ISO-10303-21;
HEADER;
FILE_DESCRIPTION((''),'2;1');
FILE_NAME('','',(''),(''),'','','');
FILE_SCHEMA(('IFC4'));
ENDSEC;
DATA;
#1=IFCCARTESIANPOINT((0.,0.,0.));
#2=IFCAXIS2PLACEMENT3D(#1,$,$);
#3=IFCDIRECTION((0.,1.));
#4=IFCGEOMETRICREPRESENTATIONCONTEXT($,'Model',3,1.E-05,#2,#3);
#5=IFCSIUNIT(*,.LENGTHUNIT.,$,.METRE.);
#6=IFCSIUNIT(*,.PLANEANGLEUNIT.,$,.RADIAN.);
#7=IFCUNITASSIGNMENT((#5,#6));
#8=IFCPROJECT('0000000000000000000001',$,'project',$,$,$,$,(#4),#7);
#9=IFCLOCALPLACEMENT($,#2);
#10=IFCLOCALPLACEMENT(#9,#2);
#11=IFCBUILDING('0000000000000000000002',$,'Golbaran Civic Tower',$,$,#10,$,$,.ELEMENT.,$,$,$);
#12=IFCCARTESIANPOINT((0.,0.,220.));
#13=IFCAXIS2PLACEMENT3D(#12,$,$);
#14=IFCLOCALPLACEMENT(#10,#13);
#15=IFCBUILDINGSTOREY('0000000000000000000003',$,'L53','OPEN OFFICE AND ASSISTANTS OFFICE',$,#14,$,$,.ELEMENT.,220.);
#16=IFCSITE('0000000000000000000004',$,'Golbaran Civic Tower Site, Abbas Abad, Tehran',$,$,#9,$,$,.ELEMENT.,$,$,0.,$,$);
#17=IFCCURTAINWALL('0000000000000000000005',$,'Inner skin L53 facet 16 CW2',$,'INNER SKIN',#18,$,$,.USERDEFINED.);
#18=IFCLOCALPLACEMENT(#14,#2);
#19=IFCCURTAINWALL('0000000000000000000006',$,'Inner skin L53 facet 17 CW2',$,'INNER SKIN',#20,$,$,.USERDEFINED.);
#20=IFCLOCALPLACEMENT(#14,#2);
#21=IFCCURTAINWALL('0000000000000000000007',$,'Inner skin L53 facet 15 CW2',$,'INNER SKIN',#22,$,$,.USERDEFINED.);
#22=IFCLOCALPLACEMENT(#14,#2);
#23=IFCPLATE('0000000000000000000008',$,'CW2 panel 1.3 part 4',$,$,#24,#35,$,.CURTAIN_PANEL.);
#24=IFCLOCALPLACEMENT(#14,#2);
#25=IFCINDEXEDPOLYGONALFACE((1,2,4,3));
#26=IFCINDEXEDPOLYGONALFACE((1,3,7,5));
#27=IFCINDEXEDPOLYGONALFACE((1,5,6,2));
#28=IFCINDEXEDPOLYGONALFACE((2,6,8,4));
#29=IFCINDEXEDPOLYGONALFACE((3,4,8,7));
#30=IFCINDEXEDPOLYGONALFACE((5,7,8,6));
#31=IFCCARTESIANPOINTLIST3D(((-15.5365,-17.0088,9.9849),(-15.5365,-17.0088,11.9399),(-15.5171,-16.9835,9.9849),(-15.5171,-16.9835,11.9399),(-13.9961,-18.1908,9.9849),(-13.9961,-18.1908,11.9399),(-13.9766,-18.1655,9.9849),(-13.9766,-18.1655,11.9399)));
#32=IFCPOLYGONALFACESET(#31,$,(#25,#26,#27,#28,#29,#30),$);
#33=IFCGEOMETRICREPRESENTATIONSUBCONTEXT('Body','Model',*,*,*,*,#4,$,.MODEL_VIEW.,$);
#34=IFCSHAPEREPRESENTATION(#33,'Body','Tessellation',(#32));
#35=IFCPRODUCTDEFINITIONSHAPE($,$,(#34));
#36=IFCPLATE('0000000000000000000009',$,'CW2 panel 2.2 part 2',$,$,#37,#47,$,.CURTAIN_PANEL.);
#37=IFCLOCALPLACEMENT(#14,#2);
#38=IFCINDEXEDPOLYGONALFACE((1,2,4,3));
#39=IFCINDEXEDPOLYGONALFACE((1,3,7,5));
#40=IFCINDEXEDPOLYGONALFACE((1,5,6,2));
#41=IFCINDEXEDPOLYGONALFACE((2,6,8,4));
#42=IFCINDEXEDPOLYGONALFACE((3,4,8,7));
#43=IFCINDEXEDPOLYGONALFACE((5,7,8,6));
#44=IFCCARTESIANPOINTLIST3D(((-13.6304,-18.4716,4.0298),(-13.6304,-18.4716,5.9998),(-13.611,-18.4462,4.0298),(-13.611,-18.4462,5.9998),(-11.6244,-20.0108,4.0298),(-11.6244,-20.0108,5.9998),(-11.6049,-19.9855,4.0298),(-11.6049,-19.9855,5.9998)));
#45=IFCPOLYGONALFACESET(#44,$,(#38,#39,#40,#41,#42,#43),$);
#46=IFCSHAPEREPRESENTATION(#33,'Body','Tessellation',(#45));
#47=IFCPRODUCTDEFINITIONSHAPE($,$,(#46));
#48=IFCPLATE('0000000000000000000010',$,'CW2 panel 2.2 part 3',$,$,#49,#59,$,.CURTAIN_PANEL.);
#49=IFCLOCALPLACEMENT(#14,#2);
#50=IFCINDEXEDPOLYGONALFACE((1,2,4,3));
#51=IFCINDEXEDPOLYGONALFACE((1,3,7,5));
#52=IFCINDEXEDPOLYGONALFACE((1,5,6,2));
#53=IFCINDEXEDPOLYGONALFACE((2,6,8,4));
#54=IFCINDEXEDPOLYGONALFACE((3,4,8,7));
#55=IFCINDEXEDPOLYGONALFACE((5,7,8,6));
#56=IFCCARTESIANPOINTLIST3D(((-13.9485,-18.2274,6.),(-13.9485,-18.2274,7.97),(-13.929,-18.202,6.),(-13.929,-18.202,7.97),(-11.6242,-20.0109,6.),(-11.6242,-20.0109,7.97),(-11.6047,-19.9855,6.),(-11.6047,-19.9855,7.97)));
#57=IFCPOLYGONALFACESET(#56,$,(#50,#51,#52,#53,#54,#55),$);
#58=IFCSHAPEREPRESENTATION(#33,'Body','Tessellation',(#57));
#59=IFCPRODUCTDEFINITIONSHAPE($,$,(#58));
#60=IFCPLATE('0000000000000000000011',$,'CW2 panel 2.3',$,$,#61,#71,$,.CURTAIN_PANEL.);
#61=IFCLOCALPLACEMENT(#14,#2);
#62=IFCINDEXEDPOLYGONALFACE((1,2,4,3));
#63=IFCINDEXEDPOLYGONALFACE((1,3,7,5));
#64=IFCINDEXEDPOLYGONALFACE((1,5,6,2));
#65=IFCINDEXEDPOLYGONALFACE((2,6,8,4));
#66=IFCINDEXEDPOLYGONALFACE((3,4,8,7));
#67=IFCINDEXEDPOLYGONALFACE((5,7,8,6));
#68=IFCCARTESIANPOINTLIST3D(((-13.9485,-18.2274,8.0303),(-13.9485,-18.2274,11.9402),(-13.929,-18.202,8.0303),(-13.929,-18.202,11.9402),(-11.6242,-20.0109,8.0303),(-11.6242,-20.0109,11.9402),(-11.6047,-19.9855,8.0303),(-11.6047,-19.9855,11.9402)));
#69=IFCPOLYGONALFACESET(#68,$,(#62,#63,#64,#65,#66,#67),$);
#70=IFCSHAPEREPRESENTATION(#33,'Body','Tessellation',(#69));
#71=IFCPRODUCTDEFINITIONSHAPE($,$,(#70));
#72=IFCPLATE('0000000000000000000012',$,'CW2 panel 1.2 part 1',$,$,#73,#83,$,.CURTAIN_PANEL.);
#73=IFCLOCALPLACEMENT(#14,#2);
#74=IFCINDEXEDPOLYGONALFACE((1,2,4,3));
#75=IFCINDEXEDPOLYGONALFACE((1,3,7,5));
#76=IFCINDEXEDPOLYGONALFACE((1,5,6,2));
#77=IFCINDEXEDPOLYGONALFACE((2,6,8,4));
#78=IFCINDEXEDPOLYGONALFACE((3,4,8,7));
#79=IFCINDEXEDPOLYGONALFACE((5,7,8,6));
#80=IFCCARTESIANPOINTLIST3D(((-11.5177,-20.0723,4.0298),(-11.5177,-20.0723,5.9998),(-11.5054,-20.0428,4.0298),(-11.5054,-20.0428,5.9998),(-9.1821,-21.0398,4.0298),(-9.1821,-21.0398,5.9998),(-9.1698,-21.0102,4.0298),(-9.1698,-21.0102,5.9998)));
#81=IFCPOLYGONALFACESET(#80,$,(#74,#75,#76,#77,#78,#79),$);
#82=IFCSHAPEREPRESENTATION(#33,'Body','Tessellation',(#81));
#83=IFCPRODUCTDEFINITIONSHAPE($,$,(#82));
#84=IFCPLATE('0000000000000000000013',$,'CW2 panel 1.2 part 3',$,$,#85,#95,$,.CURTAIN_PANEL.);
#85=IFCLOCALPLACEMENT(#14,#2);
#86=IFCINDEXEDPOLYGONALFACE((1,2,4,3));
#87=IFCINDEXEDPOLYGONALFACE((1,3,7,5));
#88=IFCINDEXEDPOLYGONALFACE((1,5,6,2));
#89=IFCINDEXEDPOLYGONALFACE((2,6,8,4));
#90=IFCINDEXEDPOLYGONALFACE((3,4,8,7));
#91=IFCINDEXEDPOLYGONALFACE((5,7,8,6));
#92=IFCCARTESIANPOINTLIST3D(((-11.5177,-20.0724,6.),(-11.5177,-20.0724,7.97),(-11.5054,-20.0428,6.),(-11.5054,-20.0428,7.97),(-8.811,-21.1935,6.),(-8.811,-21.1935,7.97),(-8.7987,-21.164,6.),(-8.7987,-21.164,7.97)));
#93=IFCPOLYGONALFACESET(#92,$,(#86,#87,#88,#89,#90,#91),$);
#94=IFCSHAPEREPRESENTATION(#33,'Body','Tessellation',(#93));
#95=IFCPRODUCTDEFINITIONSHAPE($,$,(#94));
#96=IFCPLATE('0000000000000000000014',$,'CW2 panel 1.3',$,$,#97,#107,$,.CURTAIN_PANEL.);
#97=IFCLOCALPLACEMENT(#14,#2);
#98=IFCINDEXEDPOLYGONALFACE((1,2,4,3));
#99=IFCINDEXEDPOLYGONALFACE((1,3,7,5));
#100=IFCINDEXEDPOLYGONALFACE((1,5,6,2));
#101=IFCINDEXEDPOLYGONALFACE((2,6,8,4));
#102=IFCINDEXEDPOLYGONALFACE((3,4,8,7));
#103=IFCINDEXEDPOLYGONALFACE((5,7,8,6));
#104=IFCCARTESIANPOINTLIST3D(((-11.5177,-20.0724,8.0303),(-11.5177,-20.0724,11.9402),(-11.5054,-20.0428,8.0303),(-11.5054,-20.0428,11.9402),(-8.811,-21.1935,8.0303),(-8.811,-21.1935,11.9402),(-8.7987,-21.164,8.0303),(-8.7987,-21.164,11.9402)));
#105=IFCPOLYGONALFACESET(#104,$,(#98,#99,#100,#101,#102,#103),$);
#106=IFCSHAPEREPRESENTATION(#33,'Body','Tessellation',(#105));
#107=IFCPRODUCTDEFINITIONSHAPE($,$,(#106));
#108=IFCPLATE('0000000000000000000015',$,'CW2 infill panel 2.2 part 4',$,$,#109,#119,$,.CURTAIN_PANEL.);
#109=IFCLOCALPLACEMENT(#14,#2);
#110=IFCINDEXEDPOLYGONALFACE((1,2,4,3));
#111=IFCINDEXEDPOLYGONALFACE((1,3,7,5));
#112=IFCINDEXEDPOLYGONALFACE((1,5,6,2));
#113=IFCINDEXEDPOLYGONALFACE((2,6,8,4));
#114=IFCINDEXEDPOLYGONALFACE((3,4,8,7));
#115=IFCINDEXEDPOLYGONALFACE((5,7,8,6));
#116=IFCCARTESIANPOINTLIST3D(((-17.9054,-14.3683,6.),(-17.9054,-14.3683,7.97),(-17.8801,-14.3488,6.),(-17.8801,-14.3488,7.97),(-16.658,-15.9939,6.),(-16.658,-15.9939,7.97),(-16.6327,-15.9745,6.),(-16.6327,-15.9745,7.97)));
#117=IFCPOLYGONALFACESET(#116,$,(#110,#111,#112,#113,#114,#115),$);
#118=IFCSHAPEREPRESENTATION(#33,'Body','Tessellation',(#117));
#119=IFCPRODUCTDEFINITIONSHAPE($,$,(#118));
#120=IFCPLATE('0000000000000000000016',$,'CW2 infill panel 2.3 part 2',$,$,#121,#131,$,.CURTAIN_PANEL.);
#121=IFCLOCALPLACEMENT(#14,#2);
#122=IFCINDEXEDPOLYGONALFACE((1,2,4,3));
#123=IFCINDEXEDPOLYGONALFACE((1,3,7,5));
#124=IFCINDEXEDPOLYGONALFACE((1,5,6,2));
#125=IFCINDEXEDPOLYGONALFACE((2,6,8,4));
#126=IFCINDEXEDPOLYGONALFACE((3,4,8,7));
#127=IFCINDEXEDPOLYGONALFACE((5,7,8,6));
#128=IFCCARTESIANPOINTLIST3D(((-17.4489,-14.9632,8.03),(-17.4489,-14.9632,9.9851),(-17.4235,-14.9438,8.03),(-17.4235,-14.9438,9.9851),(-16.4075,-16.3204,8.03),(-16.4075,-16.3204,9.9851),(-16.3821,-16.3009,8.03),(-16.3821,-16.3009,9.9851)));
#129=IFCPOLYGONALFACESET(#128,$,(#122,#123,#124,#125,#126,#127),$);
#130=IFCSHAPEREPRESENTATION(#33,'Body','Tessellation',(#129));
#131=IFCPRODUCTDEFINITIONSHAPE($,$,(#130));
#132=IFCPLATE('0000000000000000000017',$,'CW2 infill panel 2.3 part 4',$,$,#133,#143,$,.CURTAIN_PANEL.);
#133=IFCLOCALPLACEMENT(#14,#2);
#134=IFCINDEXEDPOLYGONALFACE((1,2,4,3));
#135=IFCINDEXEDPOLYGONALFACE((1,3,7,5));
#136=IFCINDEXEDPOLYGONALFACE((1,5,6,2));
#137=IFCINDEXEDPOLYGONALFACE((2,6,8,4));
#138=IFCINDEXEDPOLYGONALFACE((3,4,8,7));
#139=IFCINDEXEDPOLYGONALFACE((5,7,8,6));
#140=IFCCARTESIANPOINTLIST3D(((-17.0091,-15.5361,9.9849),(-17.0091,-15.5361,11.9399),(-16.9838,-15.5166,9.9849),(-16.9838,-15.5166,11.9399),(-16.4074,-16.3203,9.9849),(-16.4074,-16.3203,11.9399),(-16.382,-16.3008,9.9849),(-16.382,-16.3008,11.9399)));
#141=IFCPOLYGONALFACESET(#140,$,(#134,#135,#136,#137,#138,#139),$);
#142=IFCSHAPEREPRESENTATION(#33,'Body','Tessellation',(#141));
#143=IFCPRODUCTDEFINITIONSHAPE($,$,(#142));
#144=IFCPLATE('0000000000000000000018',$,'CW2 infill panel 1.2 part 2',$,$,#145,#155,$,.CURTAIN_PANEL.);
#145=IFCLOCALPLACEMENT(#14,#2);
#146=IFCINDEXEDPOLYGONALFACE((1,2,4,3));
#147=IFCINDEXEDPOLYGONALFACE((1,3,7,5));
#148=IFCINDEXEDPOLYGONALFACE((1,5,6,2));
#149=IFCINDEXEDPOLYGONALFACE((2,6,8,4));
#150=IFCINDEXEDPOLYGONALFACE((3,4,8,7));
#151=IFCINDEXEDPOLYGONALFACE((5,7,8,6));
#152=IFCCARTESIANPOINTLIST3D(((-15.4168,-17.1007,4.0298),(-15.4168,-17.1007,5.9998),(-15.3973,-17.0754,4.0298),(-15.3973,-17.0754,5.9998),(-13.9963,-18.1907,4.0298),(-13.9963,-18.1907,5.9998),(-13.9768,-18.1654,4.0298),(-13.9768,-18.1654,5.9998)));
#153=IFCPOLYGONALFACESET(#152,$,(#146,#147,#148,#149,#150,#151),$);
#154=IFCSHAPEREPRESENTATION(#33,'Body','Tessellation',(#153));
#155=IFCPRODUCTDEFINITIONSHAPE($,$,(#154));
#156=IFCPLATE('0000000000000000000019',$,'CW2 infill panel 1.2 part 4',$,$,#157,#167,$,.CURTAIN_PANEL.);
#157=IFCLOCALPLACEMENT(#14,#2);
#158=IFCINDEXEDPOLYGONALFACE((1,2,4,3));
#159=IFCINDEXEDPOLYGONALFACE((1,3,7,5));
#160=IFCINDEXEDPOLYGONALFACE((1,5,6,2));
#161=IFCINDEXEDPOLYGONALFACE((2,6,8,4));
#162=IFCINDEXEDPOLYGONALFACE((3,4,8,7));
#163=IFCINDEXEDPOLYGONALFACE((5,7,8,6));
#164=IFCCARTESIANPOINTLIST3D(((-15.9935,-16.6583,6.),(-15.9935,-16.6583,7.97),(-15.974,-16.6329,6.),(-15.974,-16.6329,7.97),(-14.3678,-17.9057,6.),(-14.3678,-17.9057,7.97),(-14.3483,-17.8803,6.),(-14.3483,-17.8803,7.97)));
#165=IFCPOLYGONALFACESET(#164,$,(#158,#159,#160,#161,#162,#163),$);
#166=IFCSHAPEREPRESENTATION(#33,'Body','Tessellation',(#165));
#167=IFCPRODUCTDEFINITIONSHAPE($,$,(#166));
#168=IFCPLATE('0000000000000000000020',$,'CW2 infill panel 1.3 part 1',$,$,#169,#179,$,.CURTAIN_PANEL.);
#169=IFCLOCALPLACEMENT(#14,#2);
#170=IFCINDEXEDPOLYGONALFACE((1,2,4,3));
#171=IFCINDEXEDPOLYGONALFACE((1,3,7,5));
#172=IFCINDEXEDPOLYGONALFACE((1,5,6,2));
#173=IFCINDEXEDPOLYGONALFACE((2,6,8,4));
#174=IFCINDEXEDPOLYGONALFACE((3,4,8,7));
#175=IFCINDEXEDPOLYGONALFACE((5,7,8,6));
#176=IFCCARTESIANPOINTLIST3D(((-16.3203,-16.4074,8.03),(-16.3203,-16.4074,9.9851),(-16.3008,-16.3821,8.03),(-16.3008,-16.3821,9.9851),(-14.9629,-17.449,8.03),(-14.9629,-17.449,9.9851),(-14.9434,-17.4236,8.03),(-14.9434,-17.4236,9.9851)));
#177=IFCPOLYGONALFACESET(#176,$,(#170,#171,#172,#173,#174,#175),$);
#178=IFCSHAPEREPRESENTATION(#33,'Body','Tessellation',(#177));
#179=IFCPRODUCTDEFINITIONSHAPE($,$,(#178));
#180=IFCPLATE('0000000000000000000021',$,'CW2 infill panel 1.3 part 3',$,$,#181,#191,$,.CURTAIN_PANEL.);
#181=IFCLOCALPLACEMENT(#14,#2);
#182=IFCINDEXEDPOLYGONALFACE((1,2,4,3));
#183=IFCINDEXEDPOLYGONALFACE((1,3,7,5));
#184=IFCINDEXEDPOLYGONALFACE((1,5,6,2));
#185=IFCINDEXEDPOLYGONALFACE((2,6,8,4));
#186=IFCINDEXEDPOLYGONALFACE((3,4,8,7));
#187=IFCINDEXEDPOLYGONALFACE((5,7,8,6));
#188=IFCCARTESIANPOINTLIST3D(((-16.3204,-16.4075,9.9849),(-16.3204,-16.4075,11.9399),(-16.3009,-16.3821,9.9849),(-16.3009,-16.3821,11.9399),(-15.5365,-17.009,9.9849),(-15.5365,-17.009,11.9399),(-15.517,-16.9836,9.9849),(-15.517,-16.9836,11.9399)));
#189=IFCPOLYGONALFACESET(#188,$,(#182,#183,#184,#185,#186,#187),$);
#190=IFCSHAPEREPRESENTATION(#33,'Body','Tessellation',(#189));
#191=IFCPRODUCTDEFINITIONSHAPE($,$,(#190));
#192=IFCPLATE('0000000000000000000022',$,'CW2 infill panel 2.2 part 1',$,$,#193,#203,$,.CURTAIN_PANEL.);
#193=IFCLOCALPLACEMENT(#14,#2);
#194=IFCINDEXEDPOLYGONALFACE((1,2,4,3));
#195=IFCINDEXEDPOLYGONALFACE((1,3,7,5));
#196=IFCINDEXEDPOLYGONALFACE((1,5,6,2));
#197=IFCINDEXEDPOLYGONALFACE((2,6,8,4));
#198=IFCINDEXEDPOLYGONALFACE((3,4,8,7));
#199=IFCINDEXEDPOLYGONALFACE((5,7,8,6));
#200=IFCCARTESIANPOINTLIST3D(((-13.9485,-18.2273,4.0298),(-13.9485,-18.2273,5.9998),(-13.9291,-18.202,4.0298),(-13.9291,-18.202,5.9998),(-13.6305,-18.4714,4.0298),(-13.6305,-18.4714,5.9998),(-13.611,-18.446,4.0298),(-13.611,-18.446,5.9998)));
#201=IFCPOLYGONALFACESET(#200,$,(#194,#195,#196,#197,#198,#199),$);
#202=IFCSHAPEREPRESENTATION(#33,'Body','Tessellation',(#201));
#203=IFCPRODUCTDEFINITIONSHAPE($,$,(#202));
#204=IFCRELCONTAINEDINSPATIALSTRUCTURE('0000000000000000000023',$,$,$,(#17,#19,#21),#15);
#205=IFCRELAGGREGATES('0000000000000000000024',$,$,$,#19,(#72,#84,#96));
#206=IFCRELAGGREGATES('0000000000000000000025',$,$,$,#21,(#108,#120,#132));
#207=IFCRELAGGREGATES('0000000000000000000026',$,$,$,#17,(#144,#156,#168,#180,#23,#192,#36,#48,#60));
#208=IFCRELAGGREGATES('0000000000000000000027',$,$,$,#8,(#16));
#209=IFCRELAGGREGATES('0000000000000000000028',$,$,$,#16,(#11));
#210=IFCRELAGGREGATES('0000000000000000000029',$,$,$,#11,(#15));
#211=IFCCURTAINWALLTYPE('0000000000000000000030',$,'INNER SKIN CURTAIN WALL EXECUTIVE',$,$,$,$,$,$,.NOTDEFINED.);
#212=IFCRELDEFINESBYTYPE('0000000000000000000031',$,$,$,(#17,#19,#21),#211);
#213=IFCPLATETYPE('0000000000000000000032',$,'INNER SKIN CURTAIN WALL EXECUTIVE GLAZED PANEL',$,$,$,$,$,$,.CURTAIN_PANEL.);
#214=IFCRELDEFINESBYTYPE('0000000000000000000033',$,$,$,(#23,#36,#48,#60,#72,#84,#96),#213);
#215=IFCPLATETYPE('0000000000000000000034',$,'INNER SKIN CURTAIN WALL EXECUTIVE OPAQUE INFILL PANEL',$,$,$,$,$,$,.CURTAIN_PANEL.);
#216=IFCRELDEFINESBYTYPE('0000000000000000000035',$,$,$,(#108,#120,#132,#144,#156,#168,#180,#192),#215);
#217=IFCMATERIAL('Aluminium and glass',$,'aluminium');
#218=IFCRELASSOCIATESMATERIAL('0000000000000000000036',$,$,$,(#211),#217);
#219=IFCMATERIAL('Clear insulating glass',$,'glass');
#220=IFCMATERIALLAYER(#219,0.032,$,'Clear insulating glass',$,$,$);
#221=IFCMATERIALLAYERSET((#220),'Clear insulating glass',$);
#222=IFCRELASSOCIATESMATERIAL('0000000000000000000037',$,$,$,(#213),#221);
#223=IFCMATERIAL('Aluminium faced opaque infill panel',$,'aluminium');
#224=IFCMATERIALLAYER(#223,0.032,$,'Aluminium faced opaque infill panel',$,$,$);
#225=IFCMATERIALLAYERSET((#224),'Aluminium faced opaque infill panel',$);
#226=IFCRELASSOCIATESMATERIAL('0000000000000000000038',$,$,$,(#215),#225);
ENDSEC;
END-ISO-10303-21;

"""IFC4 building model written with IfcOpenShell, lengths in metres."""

from ifc_helpers import new_model, si_unit, direction, frame, origin, origin_2d, place, context, subcontext, project, spatial, rectangle, extrude, material, layer, layer_set, type_object, element, aggregate, save


model = new_model("IFC4")

# Units and contexts
model_context = context("Model", 3, precision=1e-05, world=origin(), true_north=direction((0.0, 1.0)))
body_context = subcontext(model_context, "Body", "Model", "MODEL_VIEW")
ifc_project = project(units=[si_unit("LENGTHUNIT", "METRE"), si_unit("PLANEANGLEUNIT", "RADIAN")], contexts=[model_context])

# Site, building, storey
site_placement = place(None, origin())
site = spatial("IfcSite", under=ifc_project, at=site_placement, Name="Golbaran Civic Tower Site, Abbas Abad, Tehran", CompositionType="ELEMENT", RefElevation=0.0)
building_placement = place(site_placement, origin())
building = spatial("IfcBuilding", under=site, at=building_placement, Name="Golbaran Civic Tower", CompositionType="ELEMENT")
storey_placement = place(building_placement, frame((0.0, 0.0, 220.0)))
storey = spatial("IfcBuildingStorey", under=building, at=storey_placement, Name="L53", Description="OPEN OFFICE AND ASSISTANTS OFFICE", CompositionType="ELEMENT", Elevation=220.0)

# Curtain walls
ifc_material_1 = material(Name="Aluminium and glass", Category="aluminium")
curtain_wall_type = type_object("IfcCurtainWallType", Name="INNER SKIN CURTAIN WALL EXECUTIVE", PredefinedType="NOTDEFINED", material=ifc_material_1)
curtain_wall_1_placement = place(storey_placement, origin())
curtain_wall_1 = element("IfcCurtainWall", 1, at=curtain_wall_1_placement, inside=storey, type_object=curtain_wall_type, Name="Inner skin L53 facet 16 CW2", ObjectType="INNER SKIN", PredefinedType="USERDEFINED")
curtain_wall_2_placement = place(storey_placement, origin())
curtain_wall_2 = element("IfcCurtainWall", 2, at=curtain_wall_2_placement, inside=storey, type_object=curtain_wall_type, Name="Inner skin L53 facet 17 CW2", ObjectType="INNER SKIN", PredefinedType="USERDEFINED")

# Curtain wall
curtain_wall_3_placement = place(storey_placement, origin())
curtain_wall_3 = element("IfcCurtainWall", 3, at=curtain_wall_3_placement, inside=storey, type_object=curtain_wall_type, Name="Inner skin L53 facet 15 CW2", ObjectType="INNER SKIN", PredefinedType="USERDEFINED")
ifc_material_2 = material(Name="Clear insulating glass", Category="glass")
ifc_layer_1 = layer(ifc_material_2, 0.032, Name="Clear insulating glass")
ifc_layer_set_1 = layer_set([ifc_layer_1], Name="Clear insulating glass")
plate_type_1 = type_object("IfcPlateType", Name="INNER SKIN CURTAIN WALL EXECUTIVE GLAZED PANEL", PredefinedType="CURTAIN_PANEL", material=ifc_layer_set_1)

# Plates
plate_1_placement = place(storey_placement, frame((-14.7566, -17.5872, 9.9849), z_axis=(0.0, 0.0, 1.0), x_axis=(0.793353, -0.608761, 0.0)))
plate_1 = element("IfcPlate", 4, at=plate_1_placement, type_object=plate_type_1, Name="CW2 panel 1.3 part 4", PredefinedType="CURTAIN_PANEL", context=body_context, shape_type="SweptSolid", body=[
    extrude(rectangle(XDim=1.9417, YDim=0.032, at=origin_2d()), origin(), (0.0, 0.0, 1.0), 1.9551),
])
plate_2_placement = place(storey_placement, frame((-12.6177, -19.2285, 4.0298), z_axis=(0.0, 0.0, 1.0), x_axis=(0.793353, -0.608761, 0.0)))
plate_2 = element("IfcPlate", 5, at=plate_2_placement, type_object=plate_type_1, Name="CW2 panel 2.2 part 2", PredefinedType="CURTAIN_PANEL", context=body_context, shape_type="SweptSolid", body=[
    extrude(rectangle(XDim=2.5286, YDim=0.032, at=origin_2d()), origin(), (0.0, 0.0, 1.0), 1.97),
])
plate_3_placement = place(storey_placement, frame((-12.7766, -19.1064, 6.0), z_axis=(0.0, 0.0, 1.0), x_axis=(0.793353, -0.608761, 0.0)))
plate_3 = element("IfcPlate", 6, at=plate_3_placement, type_object=plate_type_1, Name="CW2 panel 2.2 part 3", PredefinedType="CURTAIN_PANEL", context=body_context, shape_type="SweptSolid", body=[
    extrude(rectangle(XDim=2.9297, YDim=0.032, at=origin_2d()), origin(), (0.0, 0.0, 1.0), 1.97),
])
plate_4_placement = place(storey_placement, frame((-12.7766, -19.1064, 8.0303), z_axis=(0.0, 0.0, 1.0), x_axis=(0.793353, -0.608761, 0.0)))
plate_4 = element("IfcPlate", 7, at=plate_4_placement, type_object=plate_type_1, Name="CW2 panel 2.3", PredefinedType="CURTAIN_PANEL", context=body_context, shape_type="SweptSolid", body=[
    extrude(rectangle(XDim=2.9297, YDim=0.032, at=origin_2d()), origin(), (0.0, 0.0, 1.0), 3.9099),
])
plate_5_placement = place(storey_placement, frame((-10.3438, -20.5413, 4.0298), z_axis=(0.0, 0.0, 1.0), x_axis=(0.92388, -0.382683, 0.0)))
plate_5 = element("IfcPlate", 8, at=plate_5_placement, type_object=plate_type_1, Name="CW2 panel 1.2 part 1", PredefinedType="CURTAIN_PANEL", context=body_context, shape_type="SweptSolid", body=[
    extrude(rectangle(XDim=2.5281, YDim=0.032, at=origin_2d()), origin(), (0.0, 0.0, 1.0), 1.97),
])
plate_6_placement = place(storey_placement, frame((-10.1582, -20.6182, 6.0), z_axis=(0.0, 0.0, 1.0), x_axis=(0.92388, -0.382683, 0.0)))
plate_6 = element("IfcPlate", 9, at=plate_6_placement, type_object=plate_type_1, Name="CW2 panel 1.2 part 3", PredefinedType="CURTAIN_PANEL", context=body_context, shape_type="SweptSolid", body=[
    extrude(rectangle(XDim=2.9297, YDim=0.032, at=origin_2d()), origin(), (0.0, 0.0, 1.0), 1.97),
])
plate_7_placement = place(storey_placement, frame((-10.1582, -20.6182, 8.0303), z_axis=(0.0, 0.0, 1.0), x_axis=(0.92388, -0.382683, 0.0)))
plate_7 = element("IfcPlate", 10, at=plate_7_placement, type_object=plate_type_1, Name="CW2 panel 1.3", PredefinedType="CURTAIN_PANEL", context=body_context, shape_type="SweptSolid", body=[
    extrude(rectangle(XDim=2.9297, YDim=0.032, at=origin_2d()), origin(), (0.0, 0.0, 1.0), 3.9099),
])
aggregate(curtain_wall_2, [plate_5, plate_6, plate_7])
ifc_material_3 = material(Name="Aluminium faced opaque infill panel", Category="aluminium")
ifc_layer_2 = layer(ifc_material_3, 0.032, Name="Aluminium faced opaque infill panel")
ifc_layer_set_2 = layer_set([ifc_layer_2], Name="Aluminium faced opaque infill panel")
plate_type_2 = type_object("IfcPlateType", Name="INNER SKIN CURTAIN WALL EXECUTIVE OPAQUE INFILL PANEL", PredefinedType="CURTAIN_PANEL", material=ifc_layer_set_2)
plate_8_placement = place(storey_placement, frame((-17.269, -15.1714, 6.0), z_axis=(0.0, 0.0, 1.0), x_axis=(0.608761, -0.793353, 0.0)))
plate_8 = element("IfcPlate", 11, at=plate_8_placement, type_object=plate_type_2, Name="CW2 infill panel 2.2 part 4", PredefinedType="CURTAIN_PANEL", context=body_context, shape_type="SweptSolid", body=[
    extrude(rectangle(XDim=2.0491, YDim=0.032, at=origin_2d()), origin(), (0.0, 0.0, 1.0), 1.97),
])
plate_9_placement = place(storey_placement, frame((-16.9155, -15.6321, 8.03), z_axis=(0.0, 0.0, 1.0), x_axis=(0.608761, -0.793353, 0.0)))
plate_9 = element("IfcPlate", 12, at=plate_9_placement, type_object=plate_type_2, Name="CW2 infill panel 2.3 part 2", PredefinedType="CURTAIN_PANEL", context=body_context, shape_type="SweptSolid", body=[
    extrude(rectangle(XDim=1.7107, YDim=0.032, at=origin_2d()), origin(), (0.0, 0.0, 1.0), 1.9551),
])
plate_10_placement = place(storey_placement, frame((-16.6956, -15.9185, 9.9849), z_axis=(0.0, 0.0, 1.0), x_axis=(0.608761, -0.793353, 0.0)))
plate_10 = element("IfcPlate", 13, at=plate_10_placement, type_object=plate_type_2, Name="CW2 infill panel 2.3 part 4", PredefinedType="CURTAIN_PANEL", context=body_context, shape_type="SweptSolid", body=[
    extrude(rectangle(XDim=0.9885, YDim=0.032, at=origin_2d()), origin(), (0.0, 0.0, 1.0), 1.9551),
])
aggregate(curtain_wall_3, [plate_8, plate_9, plate_10])
plate_11_placement = place(storey_placement, frame((-14.6968, -17.6331, 4.0298), z_axis=(0.0, 0.0, 1.0), x_axis=(0.793353, -0.608761, 0.0)))
plate_11 = element("IfcPlate", 14, at=plate_11_placement, type_object=plate_type_2, Name="CW2 infill panel 1.2 part 2", PredefinedType="CURTAIN_PANEL", context=body_context, shape_type="SweptSolid", body=[
    extrude(rectangle(XDim=1.7905, YDim=0.032, at=origin_2d()), origin(), (0.0, 0.0, 1.0), 1.97),
])
plate_12_placement = place(storey_placement, frame((-15.1709, -17.2693, 6.0), z_axis=(0.0, 0.0, 1.0), x_axis=(0.793353, -0.608761, 0.0)))
plate_12 = element("IfcPlate", 15, at=plate_12_placement, type_object=plate_type_2, Name="CW2 infill panel 1.2 part 4", PredefinedType="CURTAIN_PANEL", context=body_context, shape_type="SweptSolid", body=[
    extrude(rectangle(XDim=2.0491, YDim=0.032, at=origin_2d()), origin(), (0.0, 0.0, 1.0), 1.97),
])
plate_13_placement = place(storey_placement, frame((-15.6318, -16.9155, 8.03), z_axis=(0.0, 0.0, 1.0), x_axis=(0.793353, -0.608761, 0.0)))
plate_13 = element("IfcPlate", 16, at=plate_13_placement, type_object=plate_type_2, Name="CW2 infill panel 1.3 part 1", PredefinedType="CURTAIN_PANEL", context=body_context, shape_type="SweptSolid", body=[
    extrude(rectangle(XDim=1.7109, YDim=0.032, at=origin_2d()), origin(), (0.0, 0.0, 1.0), 1.9551),
])
plate_14_placement = place(storey_placement, frame((-15.9187, -16.6956, 9.9849), z_axis=(0.0, 0.0, 1.0), x_axis=(0.793353, -0.608761, 0.0)))
plate_14 = element("IfcPlate", 17, at=plate_14_placement, type_object=plate_type_2, Name="CW2 infill panel 1.3 part 3", PredefinedType="CURTAIN_PANEL", context=body_context, shape_type="SweptSolid", body=[
    extrude(rectangle(XDim=0.988, YDim=0.032, at=origin_2d()), origin(), (0.0, 0.0, 1.0), 1.9551),
])
plate_15_placement = place(storey_placement, frame((-13.7798, -18.3367, 4.0298), z_axis=(0.0, 0.0, 1.0), x_axis=(0.793353, -0.608761, 0.0)))
plate_15 = element("IfcPlate", 18, at=plate_15_placement, type_object=plate_type_2, Name="CW2 infill panel 2.2 part 1", PredefinedType="CURTAIN_PANEL", context=body_context, shape_type="SweptSolid", body=[
    extrude(rectangle(XDim=0.4009, YDim=0.032, at=origin_2d()), origin(), (0.0, 0.0, 1.0), 1.97),
])
aggregate(curtain_wall_1, [plate_11, plate_12, plate_13, plate_14, plate_1, plate_15, plate_2, plate_3, plate_4])

save(model, "model.ifc")
